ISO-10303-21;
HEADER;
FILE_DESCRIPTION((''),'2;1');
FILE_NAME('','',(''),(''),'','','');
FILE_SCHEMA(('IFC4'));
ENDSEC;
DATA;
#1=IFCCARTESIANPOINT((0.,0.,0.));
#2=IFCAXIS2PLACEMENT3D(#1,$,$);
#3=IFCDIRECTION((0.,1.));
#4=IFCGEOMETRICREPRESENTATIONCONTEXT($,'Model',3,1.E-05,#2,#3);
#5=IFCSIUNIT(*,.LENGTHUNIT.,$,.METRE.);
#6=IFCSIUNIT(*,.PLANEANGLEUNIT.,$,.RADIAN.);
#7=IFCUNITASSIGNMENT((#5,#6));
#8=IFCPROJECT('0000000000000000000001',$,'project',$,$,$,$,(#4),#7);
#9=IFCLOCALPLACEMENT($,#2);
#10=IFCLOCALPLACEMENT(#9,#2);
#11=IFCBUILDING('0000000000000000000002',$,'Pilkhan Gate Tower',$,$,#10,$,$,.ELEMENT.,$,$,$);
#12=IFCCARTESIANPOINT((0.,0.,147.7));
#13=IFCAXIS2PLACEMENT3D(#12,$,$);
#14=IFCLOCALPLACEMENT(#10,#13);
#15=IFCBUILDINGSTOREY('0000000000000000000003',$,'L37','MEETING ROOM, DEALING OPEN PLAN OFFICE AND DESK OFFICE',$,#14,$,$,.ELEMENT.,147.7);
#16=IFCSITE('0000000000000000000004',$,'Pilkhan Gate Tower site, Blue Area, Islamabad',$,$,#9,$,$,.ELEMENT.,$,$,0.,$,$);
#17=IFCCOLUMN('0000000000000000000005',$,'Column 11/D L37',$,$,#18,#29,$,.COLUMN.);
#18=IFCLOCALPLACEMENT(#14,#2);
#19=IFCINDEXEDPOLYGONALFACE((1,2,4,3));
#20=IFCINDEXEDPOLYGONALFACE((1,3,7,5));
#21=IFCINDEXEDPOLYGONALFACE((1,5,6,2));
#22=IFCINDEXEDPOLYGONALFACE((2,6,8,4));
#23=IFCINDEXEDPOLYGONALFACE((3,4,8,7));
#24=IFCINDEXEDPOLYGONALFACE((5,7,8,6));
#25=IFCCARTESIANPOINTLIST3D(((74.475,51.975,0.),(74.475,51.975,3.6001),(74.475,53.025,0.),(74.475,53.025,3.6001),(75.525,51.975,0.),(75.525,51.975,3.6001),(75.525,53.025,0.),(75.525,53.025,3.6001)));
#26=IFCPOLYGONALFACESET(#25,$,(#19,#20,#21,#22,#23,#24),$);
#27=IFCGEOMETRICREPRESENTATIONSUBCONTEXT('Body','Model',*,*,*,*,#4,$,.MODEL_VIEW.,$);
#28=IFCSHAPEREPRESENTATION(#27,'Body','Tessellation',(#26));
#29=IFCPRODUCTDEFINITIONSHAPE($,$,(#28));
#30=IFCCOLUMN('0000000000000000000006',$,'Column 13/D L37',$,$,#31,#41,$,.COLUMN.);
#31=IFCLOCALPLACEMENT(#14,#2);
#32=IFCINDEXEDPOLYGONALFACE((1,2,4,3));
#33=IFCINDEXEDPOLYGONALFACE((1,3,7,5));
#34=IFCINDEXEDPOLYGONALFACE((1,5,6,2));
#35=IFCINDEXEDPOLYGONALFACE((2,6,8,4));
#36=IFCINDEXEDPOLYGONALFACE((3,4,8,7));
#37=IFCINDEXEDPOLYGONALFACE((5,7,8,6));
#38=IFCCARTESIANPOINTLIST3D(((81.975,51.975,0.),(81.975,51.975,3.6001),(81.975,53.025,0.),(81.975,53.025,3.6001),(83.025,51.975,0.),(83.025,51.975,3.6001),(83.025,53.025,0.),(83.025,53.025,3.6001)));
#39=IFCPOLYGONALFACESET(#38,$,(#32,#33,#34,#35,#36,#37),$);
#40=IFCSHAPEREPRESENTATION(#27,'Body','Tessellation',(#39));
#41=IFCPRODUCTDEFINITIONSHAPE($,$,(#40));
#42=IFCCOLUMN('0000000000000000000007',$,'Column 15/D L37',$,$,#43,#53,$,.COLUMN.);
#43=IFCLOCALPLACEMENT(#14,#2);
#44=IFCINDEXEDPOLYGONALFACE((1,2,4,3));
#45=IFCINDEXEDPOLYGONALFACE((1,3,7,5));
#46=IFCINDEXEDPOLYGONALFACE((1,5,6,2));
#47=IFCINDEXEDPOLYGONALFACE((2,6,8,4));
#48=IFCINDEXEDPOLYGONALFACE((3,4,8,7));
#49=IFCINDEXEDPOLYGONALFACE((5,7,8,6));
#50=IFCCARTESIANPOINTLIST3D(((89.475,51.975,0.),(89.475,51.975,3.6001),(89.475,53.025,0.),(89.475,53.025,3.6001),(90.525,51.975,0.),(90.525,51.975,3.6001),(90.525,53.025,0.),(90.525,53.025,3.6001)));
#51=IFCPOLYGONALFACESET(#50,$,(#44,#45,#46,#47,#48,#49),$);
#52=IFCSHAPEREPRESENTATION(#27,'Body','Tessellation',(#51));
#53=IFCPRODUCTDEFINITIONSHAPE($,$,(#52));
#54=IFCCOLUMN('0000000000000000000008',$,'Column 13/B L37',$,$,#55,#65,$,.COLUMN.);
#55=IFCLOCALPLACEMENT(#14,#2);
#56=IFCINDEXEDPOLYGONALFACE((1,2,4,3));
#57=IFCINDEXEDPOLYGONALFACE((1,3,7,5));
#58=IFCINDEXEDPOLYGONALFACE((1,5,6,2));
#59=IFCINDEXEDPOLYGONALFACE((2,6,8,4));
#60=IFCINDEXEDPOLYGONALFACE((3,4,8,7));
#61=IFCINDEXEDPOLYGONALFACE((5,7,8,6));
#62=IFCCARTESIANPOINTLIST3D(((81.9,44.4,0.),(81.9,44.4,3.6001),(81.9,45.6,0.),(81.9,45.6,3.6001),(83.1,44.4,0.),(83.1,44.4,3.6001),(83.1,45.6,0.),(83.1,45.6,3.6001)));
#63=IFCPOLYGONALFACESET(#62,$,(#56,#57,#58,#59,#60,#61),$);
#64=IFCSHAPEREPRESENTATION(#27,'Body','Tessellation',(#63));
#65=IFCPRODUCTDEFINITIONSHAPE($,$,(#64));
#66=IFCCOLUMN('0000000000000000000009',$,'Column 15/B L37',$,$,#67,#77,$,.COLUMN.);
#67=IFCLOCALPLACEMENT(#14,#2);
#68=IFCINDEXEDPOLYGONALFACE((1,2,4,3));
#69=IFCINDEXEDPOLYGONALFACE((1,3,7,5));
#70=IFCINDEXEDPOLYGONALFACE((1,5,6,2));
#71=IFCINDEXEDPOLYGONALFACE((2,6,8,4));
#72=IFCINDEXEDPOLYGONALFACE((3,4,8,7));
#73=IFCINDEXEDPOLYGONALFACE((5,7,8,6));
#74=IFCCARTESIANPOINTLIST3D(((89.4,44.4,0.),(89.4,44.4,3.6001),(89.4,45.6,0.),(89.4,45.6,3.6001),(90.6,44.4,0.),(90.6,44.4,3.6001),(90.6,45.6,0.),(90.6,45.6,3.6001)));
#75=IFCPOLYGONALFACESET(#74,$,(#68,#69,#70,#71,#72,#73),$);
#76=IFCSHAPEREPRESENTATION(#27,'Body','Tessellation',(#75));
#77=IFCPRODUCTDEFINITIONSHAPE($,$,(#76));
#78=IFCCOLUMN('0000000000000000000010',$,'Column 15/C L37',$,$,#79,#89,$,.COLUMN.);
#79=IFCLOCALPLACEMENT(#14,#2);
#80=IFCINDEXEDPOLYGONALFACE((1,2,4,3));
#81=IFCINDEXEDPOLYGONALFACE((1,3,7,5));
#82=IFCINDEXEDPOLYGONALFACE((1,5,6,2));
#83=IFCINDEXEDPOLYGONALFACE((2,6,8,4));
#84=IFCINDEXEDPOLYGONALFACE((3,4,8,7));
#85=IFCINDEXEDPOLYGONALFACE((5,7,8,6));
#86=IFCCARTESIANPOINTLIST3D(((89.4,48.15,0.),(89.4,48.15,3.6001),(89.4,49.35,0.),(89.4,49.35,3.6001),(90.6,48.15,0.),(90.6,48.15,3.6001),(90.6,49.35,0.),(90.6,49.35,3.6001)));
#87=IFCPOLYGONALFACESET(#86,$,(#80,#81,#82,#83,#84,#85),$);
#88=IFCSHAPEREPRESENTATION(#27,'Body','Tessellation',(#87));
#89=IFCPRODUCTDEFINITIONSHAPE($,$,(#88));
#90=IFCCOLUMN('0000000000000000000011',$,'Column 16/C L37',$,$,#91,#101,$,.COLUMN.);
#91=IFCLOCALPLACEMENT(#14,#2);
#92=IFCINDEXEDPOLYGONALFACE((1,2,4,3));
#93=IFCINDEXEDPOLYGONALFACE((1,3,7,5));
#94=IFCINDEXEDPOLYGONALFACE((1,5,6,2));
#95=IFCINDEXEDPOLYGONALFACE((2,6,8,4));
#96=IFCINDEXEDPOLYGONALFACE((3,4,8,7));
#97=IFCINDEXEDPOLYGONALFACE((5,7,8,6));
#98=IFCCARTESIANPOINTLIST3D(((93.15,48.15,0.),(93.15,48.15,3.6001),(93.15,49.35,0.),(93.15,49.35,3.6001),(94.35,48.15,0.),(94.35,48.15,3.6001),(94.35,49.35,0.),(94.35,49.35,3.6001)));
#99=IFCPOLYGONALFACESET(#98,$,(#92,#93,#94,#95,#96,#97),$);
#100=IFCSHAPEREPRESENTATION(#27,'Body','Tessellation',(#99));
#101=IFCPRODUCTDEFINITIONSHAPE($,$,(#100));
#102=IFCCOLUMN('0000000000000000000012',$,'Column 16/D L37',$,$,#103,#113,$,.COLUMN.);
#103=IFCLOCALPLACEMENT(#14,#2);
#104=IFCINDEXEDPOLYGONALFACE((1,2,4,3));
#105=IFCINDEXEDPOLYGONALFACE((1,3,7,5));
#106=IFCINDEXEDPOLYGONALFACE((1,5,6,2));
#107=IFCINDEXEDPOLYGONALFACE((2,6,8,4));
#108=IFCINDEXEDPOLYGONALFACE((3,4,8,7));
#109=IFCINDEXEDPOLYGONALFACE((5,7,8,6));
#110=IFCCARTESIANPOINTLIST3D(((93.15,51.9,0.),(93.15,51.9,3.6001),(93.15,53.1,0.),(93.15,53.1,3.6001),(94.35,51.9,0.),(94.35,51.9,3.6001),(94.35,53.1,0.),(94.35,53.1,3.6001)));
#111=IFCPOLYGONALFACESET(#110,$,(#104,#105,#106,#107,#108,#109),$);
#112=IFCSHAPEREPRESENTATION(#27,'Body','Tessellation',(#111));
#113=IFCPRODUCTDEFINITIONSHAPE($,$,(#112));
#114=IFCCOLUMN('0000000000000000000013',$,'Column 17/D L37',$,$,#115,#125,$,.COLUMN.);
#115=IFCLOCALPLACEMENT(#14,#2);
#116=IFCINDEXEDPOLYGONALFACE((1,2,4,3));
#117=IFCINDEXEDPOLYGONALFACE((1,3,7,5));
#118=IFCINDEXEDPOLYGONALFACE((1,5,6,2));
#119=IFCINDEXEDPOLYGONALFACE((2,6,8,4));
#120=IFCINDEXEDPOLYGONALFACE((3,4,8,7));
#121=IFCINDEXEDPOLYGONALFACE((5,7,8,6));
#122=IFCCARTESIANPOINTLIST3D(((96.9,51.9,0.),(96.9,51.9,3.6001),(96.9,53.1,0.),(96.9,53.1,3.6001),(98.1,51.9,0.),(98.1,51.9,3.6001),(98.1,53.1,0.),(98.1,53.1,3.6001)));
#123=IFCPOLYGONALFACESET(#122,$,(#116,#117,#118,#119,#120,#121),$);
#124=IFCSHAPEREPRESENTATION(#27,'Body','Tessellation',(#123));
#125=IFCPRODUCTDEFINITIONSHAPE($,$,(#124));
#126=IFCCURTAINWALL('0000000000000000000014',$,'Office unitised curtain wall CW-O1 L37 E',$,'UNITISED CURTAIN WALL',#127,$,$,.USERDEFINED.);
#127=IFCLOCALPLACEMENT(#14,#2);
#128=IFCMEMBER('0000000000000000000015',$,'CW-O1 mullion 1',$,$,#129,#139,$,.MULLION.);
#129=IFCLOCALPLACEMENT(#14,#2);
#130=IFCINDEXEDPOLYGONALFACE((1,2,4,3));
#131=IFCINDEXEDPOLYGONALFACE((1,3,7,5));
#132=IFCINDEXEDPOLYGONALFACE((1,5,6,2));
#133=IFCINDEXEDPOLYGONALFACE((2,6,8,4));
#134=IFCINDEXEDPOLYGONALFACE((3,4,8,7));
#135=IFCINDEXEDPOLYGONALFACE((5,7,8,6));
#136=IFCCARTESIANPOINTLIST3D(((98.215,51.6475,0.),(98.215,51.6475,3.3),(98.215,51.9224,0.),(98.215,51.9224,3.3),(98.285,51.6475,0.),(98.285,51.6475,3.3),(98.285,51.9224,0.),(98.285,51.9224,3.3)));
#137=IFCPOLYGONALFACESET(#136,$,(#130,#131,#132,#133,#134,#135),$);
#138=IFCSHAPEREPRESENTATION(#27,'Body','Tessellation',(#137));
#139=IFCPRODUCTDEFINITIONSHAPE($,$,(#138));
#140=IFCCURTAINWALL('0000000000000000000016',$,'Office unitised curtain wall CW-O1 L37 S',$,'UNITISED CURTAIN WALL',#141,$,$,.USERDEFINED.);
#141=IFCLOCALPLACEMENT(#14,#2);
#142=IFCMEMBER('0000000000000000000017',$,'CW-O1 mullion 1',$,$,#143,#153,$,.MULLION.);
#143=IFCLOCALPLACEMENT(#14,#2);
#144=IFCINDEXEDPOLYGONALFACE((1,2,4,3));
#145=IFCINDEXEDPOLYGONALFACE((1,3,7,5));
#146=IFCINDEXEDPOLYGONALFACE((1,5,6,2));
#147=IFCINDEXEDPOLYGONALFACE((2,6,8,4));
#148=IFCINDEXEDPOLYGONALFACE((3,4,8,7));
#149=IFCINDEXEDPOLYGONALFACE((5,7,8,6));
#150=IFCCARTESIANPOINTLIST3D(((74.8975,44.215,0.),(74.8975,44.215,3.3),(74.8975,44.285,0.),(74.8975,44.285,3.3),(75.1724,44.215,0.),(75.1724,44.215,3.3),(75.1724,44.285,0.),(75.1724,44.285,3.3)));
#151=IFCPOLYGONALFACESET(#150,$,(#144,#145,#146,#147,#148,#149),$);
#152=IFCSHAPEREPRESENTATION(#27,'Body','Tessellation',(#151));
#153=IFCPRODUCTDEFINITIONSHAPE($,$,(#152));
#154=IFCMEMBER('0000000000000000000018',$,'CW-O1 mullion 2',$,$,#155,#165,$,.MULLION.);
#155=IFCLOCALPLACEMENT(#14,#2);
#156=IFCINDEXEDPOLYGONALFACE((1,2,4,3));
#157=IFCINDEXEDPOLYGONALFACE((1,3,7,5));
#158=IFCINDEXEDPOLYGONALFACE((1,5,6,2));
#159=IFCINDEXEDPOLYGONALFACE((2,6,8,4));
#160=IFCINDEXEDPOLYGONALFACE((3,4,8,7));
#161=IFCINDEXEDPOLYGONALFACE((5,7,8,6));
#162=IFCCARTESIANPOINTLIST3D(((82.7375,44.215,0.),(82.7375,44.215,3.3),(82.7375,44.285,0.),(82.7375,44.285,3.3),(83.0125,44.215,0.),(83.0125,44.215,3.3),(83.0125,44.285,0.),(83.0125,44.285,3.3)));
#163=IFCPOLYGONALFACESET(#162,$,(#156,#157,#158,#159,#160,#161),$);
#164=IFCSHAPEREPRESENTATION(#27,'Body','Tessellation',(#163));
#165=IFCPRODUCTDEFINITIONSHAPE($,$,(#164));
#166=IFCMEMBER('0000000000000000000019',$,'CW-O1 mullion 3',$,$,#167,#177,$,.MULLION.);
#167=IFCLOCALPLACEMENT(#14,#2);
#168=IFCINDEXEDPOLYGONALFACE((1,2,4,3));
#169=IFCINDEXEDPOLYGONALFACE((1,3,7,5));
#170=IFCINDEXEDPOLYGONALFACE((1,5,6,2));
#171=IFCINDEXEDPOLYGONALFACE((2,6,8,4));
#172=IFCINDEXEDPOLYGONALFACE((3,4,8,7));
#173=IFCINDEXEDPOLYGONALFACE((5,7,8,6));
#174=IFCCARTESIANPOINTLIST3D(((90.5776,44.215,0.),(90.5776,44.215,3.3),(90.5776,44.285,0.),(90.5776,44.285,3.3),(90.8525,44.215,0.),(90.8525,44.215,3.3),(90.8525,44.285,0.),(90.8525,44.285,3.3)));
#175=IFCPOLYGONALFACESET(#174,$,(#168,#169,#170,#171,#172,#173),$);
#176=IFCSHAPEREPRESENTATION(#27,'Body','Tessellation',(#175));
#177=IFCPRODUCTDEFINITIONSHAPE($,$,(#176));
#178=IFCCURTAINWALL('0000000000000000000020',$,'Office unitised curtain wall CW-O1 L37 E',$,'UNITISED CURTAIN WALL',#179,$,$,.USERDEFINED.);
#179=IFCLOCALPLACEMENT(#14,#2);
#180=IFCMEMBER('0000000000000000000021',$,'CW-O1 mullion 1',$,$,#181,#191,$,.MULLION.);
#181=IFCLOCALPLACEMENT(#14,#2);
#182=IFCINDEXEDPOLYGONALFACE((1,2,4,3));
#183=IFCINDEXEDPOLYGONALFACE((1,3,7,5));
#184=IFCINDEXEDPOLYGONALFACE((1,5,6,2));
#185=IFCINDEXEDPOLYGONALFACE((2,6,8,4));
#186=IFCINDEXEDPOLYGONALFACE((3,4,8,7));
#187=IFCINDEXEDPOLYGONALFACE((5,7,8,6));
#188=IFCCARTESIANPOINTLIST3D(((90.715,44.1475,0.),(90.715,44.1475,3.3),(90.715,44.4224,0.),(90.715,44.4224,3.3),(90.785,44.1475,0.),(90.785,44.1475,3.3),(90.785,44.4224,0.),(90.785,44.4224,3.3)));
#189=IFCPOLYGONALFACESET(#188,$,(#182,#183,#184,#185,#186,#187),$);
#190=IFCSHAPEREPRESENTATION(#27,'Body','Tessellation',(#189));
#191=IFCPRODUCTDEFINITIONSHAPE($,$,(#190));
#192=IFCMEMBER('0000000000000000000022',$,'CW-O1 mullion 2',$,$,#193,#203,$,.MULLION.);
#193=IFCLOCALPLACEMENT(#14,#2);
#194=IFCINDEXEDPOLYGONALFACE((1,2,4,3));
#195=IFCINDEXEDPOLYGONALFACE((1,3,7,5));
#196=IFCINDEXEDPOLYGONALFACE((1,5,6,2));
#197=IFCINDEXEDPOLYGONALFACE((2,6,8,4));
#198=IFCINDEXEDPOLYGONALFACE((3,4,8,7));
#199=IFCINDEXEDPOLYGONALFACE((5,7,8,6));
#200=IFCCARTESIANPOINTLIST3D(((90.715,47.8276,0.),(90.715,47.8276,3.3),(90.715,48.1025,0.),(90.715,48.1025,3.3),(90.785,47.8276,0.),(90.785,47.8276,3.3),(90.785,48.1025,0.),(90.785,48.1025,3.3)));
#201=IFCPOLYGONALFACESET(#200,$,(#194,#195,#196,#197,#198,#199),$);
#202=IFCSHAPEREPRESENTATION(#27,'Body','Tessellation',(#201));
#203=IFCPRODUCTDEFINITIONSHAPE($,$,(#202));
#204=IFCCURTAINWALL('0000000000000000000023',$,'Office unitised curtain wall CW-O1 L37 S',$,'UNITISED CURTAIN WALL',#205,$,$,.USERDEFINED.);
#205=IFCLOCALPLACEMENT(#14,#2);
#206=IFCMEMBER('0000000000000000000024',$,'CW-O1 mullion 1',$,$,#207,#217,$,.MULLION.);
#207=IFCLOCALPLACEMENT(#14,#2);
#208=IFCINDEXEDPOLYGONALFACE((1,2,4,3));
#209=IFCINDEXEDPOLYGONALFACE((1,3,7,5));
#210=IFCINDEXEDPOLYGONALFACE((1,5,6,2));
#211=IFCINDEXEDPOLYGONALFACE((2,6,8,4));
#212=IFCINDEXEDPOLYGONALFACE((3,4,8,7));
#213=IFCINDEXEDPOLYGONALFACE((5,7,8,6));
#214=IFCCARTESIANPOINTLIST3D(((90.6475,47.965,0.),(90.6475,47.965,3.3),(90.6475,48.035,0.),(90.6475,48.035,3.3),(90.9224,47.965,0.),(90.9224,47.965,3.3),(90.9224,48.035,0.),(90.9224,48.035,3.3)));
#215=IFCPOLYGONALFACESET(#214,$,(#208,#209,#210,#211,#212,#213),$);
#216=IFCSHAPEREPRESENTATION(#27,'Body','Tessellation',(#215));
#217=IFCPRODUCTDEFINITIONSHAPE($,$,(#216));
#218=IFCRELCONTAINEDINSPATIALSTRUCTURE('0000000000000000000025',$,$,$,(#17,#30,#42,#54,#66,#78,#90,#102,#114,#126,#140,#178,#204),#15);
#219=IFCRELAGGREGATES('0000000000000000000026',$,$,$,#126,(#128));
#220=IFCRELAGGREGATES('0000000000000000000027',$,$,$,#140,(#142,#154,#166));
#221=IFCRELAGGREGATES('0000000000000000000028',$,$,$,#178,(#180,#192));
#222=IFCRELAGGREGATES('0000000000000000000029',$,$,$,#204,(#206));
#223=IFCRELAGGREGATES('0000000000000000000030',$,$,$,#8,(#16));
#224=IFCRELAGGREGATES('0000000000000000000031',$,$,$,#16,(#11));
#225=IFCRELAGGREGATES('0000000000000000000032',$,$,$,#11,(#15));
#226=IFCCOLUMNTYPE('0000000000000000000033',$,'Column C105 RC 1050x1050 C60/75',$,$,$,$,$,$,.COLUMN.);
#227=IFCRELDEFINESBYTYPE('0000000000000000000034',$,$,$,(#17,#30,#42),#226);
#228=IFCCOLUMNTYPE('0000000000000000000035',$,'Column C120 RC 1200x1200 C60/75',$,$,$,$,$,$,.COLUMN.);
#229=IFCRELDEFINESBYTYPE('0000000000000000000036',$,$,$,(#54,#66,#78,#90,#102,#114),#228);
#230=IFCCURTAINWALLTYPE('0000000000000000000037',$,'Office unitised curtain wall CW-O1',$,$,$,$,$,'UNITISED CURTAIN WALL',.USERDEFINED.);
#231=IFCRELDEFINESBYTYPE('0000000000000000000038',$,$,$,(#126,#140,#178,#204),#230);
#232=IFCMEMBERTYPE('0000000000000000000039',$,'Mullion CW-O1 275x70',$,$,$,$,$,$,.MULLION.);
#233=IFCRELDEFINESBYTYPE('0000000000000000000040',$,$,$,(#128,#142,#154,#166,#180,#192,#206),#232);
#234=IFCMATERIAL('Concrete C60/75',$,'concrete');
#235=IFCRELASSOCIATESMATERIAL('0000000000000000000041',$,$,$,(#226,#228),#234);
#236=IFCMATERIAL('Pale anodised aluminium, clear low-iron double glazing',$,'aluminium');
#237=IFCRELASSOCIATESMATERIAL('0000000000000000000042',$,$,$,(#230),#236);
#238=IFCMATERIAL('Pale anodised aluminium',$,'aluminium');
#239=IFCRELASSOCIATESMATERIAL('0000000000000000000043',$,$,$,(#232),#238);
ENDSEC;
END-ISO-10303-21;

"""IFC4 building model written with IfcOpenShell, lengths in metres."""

from ifc_helpers import new_model, si_unit, direction, frame, origin, origin_2d, place, context, subcontext, project, spatial, rectangle, extrude, material, material_profile, profile_set, type_object, element, aggregate, save


model = new_model("IFC4")

# Units and contexts
model_context = context("Model", 3, precision=1e-05, world=origin(), true_north=direction((0.0, 1.0)))
body_context = subcontext(model_context, "Body", "Model", "MODEL_VIEW")
ifc_project = project(units=[si_unit("LENGTHUNIT", "METRE"), si_unit("PLANEANGLEUNIT", "RADIAN")], contexts=[model_context])

# Site, building, storey
site_placement = place(None, origin())
site = spatial("IfcSite", under=ifc_project, at=site_placement, Name="Pilkhan Gate Tower site, Blue Area, Islamabad", CompositionType="ELEMENT", RefElevation=0.0)
building_placement = place(site_placement, origin())
building = spatial("IfcBuilding", under=site, at=building_placement, Name="Pilkhan Gate Tower", CompositionType="ELEMENT")
storey_placement = place(building_placement, frame((0.0, 0.0, 147.7)))
storey = spatial("IfcBuildingStorey", under=building, at=storey_placement, Name="L37", Description="MEETING ROOM, DEALING OPEN PLAN OFFICE AND DESK OFFICE", CompositionType="ELEMENT", Elevation=147.7)

# Columns
ifc_material_1 = material(Name="Concrete C60/75", Category="concrete")
ifc_material_profile_1 = material_profile(ifc_material_1, rectangle(XDim=1.05, YDim=1.05, at=origin_2d()), Name="RC 1050x1050")
ifc_profile_set_1 = profile_set([ifc_material_profile_1], Name="Concrete C60/75")
column_type_1 = type_object("IfcColumnType", Name="Column C105 RC 1050x1050 C60/75", PredefinedType="COLUMN", material=ifc_profile_set_1)
for number, where, z_axis, x_axis, name in (
    (1, (75.0, 52.5, 0.0), (0.0, 0.0, 1.0), (1.0, 0.0, 0.0), "Column 11/D L37"),
    (2, (82.5, 52.5, 0.0), (0.0, 0.0, 1.0), (1.0, 0.0, 0.0), "Column 13/D L37"),
    (3, (90.0, 52.5, 0.0), (0.0, 0.0, 1.0), (1.0, 0.0, 0.0), "Column 15/D L37"),
):
    element("IfcColumn", number, at=place(storey_placement, frame(where, z_axis=z_axis, x_axis=x_axis)), inside=storey, type_object=column_type_1, Name=name, PredefinedType="COLUMN", context=body_context, shape_type="SweptSolid", body=[
        extrude(rectangle(XDim=1.05, YDim=1.05, at=origin_2d()), origin(), (0.0, 0.0, 1.0), 3.6001),
    ])
ifc_material_profile_2 = material_profile(ifc_material_1, rectangle(XDim=1.2, YDim=1.2, at=origin_2d()), Name="RC 1200x1200")
ifc_profile_set_2 = profile_set([ifc_material_profile_2], Name="Concrete C60/75")
column_type_2 = type_object("IfcColumnType", Name="Column C120 RC 1200x1200 C60/75", PredefinedType="COLUMN", material=ifc_profile_set_2)
for number, where, z_axis, x_axis, name in (
    (4, (82.5, 45.0, 0.0), (0.0, 0.0, 1.0), (1.0, 0.0, 0.0), "Column 13/B L37"),
    (5, (90.0, 45.0, 0.0), (0.0, 0.0, 1.0), (1.0, 0.0, 0.0), "Column 15/B L37"),
    (6, (90.0, 48.75, 0.0), (0.0, 0.0, 1.0), (1.0, 0.0, 0.0), "Column 15/C L37"),
    (7, (93.75, 48.75, 0.0), (0.0, 0.0, 1.0), (1.0, 0.0, 0.0), "Column 16/C L37"),
    (8, (93.75, 52.5, 0.0), (0.0, 0.0, 1.0), (1.0, 0.0, 0.0), "Column 16/D L37"),
    (9, (97.5, 52.5, 0.0), (0.0, 0.0, 1.0), (1.0, 0.0, 0.0), "Column 17/D L37"),
):
    element("IfcColumn", number, at=place(storey_placement, frame(where, z_axis=z_axis, x_axis=x_axis)), inside=storey, type_object=column_type_2, Name=name, PredefinedType="COLUMN", context=body_context, shape_type="SweptSolid", body=[
        extrude(rectangle(XDim=1.2, YDim=1.2, at=origin_2d()), origin(), (0.0, 0.0, 1.0), 3.6001),
    ])

# Curtain wall, member
ifc_material_2 = material(Name="Pale anodised aluminium, clear low-iron double glazing", Category="aluminium")
curtain_wall_type = type_object("IfcCurtainWallType", Name="Office unitised curtain wall CW-O1", ElementType="UNITISED CURTAIN WALL", PredefinedType="USERDEFINED", material=ifc_material_2)
curtain_wall_1_placement = place(storey_placement, origin())
curtain_wall_1 = element("IfcCurtainWall", 10, at=curtain_wall_1_placement, inside=storey, type_object=curtain_wall_type, Name="Office unitised curtain wall CW-O1 L37 E", ObjectType="UNITISED CURTAIN WALL", PredefinedType="USERDEFINED")
ifc_material_3 = material(Name="Pale anodised aluminium", Category="aluminium")
ifc_material_profile_3 = material_profile(ifc_material_3, rectangle(XDim=0.0701, YDim=0.2749, at=origin_2d()), Name="Mullion 275x70")
ifc_profile_set_3 = profile_set([ifc_material_profile_3], Name="Pale anodised aluminium")
member_type_1 = type_object("IfcMemberType", Name="Mullion CW-O1 275x70", PredefinedType="MULLION", material=ifc_profile_set_3)
member_1_placement = place(storey_placement, frame((98.25, 51.7849, 0.0), z_axis=(0.0, 0.0, 1.0), x_axis=(-1.0, 0.0, 0.0)))
member_1 = element("IfcMember", 11, at=member_1_placement, type_object=member_type_1, Name="CW-O1 mullion 1", PredefinedType="MULLION", context=body_context, shape_type="SweptSolid", body=[
    extrude(rectangle(XDim=0.0701, YDim=0.2749, at=origin_2d()), origin(), (0.0, 0.0, 1.0), 3.3),
])

# Curtain walls, members
curtain_wall_2_placement = place(storey_placement, origin())
curtain_wall_2 = element("IfcCurtainWall", 12, at=curtain_wall_2_placement, inside=storey, type_object=curtain_wall_type, Name="Office unitised curtain wall CW-O1 L37 S", ObjectType="UNITISED CURTAIN WALL", PredefinedType="USERDEFINED")
member_2_placement = place(storey_placement, frame((75.0349, 44.25, 0.0), z_axis=(0.0, 0.0, 1.0), x_axis=(0.0, 1.0, 0.0)))
member_2 = element("IfcMember", 13, at=member_2_placement, type_object=member_type_1, Name="CW-O1 mullion 1", PredefinedType="MULLION", context=body_context, shape_type="SweptSolid", body=[
    extrude(rectangle(XDim=0.0701, YDim=0.2749, at=origin_2d()), origin(), (0.0, 0.0, 1.0), 3.3),
])
member_3_placement = place(storey_placement, frame((82.875, 44.25, 0.0), z_axis=(0.0, 0.0, 1.0), x_axis=(0.0, 1.0, 0.0)))
member_3 = element("IfcMember", 14, at=member_3_placement, type_object=member_type_1, Name="CW-O1 mullion 2", PredefinedType="MULLION", context=body_context, shape_type="SweptSolid", body=[
    extrude(rectangle(XDim=0.0701, YDim=0.2749, at=origin_2d()), origin(), (0.0, 0.0, 1.0), 3.3),
])
member_4_placement = place(storey_placement, frame((90.7151, 44.25, 0.0), z_axis=(0.0, 0.0, 1.0), x_axis=(0.0, 1.0, 0.0)))
member_4 = element("IfcMember", 15, at=member_4_placement, type_object=member_type_1, Name="CW-O1 mullion 3", PredefinedType="MULLION", context=body_context, shape_type="SweptSolid", body=[
    extrude(rectangle(XDim=0.0701, YDim=0.2749, at=origin_2d()), origin(), (0.0, 0.0, 1.0), 3.3),
])
curtain_wall_3_placement = place(storey_placement, origin())
curtain_wall_3 = element("IfcCurtainWall", 16, at=curtain_wall_3_placement, inside=storey, type_object=curtain_wall_type, Name="Office unitised curtain wall CW-O1 L37 E", ObjectType="UNITISED CURTAIN WALL", PredefinedType="USERDEFINED")
member_5_placement = place(storey_placement, frame((90.75, 44.2849, 0.0), z_axis=(0.0, 0.0, 1.0), x_axis=(-1.0, 0.0, 0.0)))
member_5 = element("IfcMember", 17, at=member_5_placement, type_object=member_type_1, Name="CW-O1 mullion 1", PredefinedType="MULLION", context=body_context, shape_type="SweptSolid", body=[
    extrude(rectangle(XDim=0.0701, YDim=0.2749, at=origin_2d()), origin(), (0.0, 0.0, 1.0), 3.3),
])
member_6_placement = place(storey_placement, frame((90.75, 47.9651, 0.0), z_axis=(0.0, 0.0, 1.0), x_axis=(-1.0, 0.0, 0.0)))
member_6 = element("IfcMember", 18, at=member_6_placement, type_object=member_type_1, Name="CW-O1 mullion 2", PredefinedType="MULLION", context=body_context, shape_type="SweptSolid", body=[
    extrude(rectangle(XDim=0.0701, YDim=0.2749, at=origin_2d()), origin(), (0.0, 0.0, 1.0), 3.3),
])
curtain_wall_4_placement = place(storey_placement, origin())
curtain_wall_4 = element("IfcCurtainWall", 19, at=curtain_wall_4_placement, inside=storey, type_object=curtain_wall_type, Name="Office unitised curtain wall CW-O1 L37 S", ObjectType="UNITISED CURTAIN WALL", PredefinedType="USERDEFINED")
member_7_placement = place(storey_placement, frame((90.7849, 48.0, 0.0), z_axis=(0.0, 0.0, 1.0), x_axis=(0.0, 1.0, 0.0)))
member_7 = element("IfcMember", 20, at=member_7_placement, type_object=member_type_1, Name="CW-O1 mullion 1", PredefinedType="MULLION", context=body_context, shape_type="SweptSolid", body=[
    extrude(rectangle(XDim=0.0701, YDim=0.2749, at=origin_2d()), origin(), (0.0, 0.0, 1.0), 3.3),
])

aggregate(curtain_wall_1, [member_1])

aggregate(curtain_wall_2, [member_2, member_3, member_4])
aggregate(curtain_wall_3, [member_5, member_6])
aggregate(curtain_wall_4, [member_7])

save(model, "model.ifc")
